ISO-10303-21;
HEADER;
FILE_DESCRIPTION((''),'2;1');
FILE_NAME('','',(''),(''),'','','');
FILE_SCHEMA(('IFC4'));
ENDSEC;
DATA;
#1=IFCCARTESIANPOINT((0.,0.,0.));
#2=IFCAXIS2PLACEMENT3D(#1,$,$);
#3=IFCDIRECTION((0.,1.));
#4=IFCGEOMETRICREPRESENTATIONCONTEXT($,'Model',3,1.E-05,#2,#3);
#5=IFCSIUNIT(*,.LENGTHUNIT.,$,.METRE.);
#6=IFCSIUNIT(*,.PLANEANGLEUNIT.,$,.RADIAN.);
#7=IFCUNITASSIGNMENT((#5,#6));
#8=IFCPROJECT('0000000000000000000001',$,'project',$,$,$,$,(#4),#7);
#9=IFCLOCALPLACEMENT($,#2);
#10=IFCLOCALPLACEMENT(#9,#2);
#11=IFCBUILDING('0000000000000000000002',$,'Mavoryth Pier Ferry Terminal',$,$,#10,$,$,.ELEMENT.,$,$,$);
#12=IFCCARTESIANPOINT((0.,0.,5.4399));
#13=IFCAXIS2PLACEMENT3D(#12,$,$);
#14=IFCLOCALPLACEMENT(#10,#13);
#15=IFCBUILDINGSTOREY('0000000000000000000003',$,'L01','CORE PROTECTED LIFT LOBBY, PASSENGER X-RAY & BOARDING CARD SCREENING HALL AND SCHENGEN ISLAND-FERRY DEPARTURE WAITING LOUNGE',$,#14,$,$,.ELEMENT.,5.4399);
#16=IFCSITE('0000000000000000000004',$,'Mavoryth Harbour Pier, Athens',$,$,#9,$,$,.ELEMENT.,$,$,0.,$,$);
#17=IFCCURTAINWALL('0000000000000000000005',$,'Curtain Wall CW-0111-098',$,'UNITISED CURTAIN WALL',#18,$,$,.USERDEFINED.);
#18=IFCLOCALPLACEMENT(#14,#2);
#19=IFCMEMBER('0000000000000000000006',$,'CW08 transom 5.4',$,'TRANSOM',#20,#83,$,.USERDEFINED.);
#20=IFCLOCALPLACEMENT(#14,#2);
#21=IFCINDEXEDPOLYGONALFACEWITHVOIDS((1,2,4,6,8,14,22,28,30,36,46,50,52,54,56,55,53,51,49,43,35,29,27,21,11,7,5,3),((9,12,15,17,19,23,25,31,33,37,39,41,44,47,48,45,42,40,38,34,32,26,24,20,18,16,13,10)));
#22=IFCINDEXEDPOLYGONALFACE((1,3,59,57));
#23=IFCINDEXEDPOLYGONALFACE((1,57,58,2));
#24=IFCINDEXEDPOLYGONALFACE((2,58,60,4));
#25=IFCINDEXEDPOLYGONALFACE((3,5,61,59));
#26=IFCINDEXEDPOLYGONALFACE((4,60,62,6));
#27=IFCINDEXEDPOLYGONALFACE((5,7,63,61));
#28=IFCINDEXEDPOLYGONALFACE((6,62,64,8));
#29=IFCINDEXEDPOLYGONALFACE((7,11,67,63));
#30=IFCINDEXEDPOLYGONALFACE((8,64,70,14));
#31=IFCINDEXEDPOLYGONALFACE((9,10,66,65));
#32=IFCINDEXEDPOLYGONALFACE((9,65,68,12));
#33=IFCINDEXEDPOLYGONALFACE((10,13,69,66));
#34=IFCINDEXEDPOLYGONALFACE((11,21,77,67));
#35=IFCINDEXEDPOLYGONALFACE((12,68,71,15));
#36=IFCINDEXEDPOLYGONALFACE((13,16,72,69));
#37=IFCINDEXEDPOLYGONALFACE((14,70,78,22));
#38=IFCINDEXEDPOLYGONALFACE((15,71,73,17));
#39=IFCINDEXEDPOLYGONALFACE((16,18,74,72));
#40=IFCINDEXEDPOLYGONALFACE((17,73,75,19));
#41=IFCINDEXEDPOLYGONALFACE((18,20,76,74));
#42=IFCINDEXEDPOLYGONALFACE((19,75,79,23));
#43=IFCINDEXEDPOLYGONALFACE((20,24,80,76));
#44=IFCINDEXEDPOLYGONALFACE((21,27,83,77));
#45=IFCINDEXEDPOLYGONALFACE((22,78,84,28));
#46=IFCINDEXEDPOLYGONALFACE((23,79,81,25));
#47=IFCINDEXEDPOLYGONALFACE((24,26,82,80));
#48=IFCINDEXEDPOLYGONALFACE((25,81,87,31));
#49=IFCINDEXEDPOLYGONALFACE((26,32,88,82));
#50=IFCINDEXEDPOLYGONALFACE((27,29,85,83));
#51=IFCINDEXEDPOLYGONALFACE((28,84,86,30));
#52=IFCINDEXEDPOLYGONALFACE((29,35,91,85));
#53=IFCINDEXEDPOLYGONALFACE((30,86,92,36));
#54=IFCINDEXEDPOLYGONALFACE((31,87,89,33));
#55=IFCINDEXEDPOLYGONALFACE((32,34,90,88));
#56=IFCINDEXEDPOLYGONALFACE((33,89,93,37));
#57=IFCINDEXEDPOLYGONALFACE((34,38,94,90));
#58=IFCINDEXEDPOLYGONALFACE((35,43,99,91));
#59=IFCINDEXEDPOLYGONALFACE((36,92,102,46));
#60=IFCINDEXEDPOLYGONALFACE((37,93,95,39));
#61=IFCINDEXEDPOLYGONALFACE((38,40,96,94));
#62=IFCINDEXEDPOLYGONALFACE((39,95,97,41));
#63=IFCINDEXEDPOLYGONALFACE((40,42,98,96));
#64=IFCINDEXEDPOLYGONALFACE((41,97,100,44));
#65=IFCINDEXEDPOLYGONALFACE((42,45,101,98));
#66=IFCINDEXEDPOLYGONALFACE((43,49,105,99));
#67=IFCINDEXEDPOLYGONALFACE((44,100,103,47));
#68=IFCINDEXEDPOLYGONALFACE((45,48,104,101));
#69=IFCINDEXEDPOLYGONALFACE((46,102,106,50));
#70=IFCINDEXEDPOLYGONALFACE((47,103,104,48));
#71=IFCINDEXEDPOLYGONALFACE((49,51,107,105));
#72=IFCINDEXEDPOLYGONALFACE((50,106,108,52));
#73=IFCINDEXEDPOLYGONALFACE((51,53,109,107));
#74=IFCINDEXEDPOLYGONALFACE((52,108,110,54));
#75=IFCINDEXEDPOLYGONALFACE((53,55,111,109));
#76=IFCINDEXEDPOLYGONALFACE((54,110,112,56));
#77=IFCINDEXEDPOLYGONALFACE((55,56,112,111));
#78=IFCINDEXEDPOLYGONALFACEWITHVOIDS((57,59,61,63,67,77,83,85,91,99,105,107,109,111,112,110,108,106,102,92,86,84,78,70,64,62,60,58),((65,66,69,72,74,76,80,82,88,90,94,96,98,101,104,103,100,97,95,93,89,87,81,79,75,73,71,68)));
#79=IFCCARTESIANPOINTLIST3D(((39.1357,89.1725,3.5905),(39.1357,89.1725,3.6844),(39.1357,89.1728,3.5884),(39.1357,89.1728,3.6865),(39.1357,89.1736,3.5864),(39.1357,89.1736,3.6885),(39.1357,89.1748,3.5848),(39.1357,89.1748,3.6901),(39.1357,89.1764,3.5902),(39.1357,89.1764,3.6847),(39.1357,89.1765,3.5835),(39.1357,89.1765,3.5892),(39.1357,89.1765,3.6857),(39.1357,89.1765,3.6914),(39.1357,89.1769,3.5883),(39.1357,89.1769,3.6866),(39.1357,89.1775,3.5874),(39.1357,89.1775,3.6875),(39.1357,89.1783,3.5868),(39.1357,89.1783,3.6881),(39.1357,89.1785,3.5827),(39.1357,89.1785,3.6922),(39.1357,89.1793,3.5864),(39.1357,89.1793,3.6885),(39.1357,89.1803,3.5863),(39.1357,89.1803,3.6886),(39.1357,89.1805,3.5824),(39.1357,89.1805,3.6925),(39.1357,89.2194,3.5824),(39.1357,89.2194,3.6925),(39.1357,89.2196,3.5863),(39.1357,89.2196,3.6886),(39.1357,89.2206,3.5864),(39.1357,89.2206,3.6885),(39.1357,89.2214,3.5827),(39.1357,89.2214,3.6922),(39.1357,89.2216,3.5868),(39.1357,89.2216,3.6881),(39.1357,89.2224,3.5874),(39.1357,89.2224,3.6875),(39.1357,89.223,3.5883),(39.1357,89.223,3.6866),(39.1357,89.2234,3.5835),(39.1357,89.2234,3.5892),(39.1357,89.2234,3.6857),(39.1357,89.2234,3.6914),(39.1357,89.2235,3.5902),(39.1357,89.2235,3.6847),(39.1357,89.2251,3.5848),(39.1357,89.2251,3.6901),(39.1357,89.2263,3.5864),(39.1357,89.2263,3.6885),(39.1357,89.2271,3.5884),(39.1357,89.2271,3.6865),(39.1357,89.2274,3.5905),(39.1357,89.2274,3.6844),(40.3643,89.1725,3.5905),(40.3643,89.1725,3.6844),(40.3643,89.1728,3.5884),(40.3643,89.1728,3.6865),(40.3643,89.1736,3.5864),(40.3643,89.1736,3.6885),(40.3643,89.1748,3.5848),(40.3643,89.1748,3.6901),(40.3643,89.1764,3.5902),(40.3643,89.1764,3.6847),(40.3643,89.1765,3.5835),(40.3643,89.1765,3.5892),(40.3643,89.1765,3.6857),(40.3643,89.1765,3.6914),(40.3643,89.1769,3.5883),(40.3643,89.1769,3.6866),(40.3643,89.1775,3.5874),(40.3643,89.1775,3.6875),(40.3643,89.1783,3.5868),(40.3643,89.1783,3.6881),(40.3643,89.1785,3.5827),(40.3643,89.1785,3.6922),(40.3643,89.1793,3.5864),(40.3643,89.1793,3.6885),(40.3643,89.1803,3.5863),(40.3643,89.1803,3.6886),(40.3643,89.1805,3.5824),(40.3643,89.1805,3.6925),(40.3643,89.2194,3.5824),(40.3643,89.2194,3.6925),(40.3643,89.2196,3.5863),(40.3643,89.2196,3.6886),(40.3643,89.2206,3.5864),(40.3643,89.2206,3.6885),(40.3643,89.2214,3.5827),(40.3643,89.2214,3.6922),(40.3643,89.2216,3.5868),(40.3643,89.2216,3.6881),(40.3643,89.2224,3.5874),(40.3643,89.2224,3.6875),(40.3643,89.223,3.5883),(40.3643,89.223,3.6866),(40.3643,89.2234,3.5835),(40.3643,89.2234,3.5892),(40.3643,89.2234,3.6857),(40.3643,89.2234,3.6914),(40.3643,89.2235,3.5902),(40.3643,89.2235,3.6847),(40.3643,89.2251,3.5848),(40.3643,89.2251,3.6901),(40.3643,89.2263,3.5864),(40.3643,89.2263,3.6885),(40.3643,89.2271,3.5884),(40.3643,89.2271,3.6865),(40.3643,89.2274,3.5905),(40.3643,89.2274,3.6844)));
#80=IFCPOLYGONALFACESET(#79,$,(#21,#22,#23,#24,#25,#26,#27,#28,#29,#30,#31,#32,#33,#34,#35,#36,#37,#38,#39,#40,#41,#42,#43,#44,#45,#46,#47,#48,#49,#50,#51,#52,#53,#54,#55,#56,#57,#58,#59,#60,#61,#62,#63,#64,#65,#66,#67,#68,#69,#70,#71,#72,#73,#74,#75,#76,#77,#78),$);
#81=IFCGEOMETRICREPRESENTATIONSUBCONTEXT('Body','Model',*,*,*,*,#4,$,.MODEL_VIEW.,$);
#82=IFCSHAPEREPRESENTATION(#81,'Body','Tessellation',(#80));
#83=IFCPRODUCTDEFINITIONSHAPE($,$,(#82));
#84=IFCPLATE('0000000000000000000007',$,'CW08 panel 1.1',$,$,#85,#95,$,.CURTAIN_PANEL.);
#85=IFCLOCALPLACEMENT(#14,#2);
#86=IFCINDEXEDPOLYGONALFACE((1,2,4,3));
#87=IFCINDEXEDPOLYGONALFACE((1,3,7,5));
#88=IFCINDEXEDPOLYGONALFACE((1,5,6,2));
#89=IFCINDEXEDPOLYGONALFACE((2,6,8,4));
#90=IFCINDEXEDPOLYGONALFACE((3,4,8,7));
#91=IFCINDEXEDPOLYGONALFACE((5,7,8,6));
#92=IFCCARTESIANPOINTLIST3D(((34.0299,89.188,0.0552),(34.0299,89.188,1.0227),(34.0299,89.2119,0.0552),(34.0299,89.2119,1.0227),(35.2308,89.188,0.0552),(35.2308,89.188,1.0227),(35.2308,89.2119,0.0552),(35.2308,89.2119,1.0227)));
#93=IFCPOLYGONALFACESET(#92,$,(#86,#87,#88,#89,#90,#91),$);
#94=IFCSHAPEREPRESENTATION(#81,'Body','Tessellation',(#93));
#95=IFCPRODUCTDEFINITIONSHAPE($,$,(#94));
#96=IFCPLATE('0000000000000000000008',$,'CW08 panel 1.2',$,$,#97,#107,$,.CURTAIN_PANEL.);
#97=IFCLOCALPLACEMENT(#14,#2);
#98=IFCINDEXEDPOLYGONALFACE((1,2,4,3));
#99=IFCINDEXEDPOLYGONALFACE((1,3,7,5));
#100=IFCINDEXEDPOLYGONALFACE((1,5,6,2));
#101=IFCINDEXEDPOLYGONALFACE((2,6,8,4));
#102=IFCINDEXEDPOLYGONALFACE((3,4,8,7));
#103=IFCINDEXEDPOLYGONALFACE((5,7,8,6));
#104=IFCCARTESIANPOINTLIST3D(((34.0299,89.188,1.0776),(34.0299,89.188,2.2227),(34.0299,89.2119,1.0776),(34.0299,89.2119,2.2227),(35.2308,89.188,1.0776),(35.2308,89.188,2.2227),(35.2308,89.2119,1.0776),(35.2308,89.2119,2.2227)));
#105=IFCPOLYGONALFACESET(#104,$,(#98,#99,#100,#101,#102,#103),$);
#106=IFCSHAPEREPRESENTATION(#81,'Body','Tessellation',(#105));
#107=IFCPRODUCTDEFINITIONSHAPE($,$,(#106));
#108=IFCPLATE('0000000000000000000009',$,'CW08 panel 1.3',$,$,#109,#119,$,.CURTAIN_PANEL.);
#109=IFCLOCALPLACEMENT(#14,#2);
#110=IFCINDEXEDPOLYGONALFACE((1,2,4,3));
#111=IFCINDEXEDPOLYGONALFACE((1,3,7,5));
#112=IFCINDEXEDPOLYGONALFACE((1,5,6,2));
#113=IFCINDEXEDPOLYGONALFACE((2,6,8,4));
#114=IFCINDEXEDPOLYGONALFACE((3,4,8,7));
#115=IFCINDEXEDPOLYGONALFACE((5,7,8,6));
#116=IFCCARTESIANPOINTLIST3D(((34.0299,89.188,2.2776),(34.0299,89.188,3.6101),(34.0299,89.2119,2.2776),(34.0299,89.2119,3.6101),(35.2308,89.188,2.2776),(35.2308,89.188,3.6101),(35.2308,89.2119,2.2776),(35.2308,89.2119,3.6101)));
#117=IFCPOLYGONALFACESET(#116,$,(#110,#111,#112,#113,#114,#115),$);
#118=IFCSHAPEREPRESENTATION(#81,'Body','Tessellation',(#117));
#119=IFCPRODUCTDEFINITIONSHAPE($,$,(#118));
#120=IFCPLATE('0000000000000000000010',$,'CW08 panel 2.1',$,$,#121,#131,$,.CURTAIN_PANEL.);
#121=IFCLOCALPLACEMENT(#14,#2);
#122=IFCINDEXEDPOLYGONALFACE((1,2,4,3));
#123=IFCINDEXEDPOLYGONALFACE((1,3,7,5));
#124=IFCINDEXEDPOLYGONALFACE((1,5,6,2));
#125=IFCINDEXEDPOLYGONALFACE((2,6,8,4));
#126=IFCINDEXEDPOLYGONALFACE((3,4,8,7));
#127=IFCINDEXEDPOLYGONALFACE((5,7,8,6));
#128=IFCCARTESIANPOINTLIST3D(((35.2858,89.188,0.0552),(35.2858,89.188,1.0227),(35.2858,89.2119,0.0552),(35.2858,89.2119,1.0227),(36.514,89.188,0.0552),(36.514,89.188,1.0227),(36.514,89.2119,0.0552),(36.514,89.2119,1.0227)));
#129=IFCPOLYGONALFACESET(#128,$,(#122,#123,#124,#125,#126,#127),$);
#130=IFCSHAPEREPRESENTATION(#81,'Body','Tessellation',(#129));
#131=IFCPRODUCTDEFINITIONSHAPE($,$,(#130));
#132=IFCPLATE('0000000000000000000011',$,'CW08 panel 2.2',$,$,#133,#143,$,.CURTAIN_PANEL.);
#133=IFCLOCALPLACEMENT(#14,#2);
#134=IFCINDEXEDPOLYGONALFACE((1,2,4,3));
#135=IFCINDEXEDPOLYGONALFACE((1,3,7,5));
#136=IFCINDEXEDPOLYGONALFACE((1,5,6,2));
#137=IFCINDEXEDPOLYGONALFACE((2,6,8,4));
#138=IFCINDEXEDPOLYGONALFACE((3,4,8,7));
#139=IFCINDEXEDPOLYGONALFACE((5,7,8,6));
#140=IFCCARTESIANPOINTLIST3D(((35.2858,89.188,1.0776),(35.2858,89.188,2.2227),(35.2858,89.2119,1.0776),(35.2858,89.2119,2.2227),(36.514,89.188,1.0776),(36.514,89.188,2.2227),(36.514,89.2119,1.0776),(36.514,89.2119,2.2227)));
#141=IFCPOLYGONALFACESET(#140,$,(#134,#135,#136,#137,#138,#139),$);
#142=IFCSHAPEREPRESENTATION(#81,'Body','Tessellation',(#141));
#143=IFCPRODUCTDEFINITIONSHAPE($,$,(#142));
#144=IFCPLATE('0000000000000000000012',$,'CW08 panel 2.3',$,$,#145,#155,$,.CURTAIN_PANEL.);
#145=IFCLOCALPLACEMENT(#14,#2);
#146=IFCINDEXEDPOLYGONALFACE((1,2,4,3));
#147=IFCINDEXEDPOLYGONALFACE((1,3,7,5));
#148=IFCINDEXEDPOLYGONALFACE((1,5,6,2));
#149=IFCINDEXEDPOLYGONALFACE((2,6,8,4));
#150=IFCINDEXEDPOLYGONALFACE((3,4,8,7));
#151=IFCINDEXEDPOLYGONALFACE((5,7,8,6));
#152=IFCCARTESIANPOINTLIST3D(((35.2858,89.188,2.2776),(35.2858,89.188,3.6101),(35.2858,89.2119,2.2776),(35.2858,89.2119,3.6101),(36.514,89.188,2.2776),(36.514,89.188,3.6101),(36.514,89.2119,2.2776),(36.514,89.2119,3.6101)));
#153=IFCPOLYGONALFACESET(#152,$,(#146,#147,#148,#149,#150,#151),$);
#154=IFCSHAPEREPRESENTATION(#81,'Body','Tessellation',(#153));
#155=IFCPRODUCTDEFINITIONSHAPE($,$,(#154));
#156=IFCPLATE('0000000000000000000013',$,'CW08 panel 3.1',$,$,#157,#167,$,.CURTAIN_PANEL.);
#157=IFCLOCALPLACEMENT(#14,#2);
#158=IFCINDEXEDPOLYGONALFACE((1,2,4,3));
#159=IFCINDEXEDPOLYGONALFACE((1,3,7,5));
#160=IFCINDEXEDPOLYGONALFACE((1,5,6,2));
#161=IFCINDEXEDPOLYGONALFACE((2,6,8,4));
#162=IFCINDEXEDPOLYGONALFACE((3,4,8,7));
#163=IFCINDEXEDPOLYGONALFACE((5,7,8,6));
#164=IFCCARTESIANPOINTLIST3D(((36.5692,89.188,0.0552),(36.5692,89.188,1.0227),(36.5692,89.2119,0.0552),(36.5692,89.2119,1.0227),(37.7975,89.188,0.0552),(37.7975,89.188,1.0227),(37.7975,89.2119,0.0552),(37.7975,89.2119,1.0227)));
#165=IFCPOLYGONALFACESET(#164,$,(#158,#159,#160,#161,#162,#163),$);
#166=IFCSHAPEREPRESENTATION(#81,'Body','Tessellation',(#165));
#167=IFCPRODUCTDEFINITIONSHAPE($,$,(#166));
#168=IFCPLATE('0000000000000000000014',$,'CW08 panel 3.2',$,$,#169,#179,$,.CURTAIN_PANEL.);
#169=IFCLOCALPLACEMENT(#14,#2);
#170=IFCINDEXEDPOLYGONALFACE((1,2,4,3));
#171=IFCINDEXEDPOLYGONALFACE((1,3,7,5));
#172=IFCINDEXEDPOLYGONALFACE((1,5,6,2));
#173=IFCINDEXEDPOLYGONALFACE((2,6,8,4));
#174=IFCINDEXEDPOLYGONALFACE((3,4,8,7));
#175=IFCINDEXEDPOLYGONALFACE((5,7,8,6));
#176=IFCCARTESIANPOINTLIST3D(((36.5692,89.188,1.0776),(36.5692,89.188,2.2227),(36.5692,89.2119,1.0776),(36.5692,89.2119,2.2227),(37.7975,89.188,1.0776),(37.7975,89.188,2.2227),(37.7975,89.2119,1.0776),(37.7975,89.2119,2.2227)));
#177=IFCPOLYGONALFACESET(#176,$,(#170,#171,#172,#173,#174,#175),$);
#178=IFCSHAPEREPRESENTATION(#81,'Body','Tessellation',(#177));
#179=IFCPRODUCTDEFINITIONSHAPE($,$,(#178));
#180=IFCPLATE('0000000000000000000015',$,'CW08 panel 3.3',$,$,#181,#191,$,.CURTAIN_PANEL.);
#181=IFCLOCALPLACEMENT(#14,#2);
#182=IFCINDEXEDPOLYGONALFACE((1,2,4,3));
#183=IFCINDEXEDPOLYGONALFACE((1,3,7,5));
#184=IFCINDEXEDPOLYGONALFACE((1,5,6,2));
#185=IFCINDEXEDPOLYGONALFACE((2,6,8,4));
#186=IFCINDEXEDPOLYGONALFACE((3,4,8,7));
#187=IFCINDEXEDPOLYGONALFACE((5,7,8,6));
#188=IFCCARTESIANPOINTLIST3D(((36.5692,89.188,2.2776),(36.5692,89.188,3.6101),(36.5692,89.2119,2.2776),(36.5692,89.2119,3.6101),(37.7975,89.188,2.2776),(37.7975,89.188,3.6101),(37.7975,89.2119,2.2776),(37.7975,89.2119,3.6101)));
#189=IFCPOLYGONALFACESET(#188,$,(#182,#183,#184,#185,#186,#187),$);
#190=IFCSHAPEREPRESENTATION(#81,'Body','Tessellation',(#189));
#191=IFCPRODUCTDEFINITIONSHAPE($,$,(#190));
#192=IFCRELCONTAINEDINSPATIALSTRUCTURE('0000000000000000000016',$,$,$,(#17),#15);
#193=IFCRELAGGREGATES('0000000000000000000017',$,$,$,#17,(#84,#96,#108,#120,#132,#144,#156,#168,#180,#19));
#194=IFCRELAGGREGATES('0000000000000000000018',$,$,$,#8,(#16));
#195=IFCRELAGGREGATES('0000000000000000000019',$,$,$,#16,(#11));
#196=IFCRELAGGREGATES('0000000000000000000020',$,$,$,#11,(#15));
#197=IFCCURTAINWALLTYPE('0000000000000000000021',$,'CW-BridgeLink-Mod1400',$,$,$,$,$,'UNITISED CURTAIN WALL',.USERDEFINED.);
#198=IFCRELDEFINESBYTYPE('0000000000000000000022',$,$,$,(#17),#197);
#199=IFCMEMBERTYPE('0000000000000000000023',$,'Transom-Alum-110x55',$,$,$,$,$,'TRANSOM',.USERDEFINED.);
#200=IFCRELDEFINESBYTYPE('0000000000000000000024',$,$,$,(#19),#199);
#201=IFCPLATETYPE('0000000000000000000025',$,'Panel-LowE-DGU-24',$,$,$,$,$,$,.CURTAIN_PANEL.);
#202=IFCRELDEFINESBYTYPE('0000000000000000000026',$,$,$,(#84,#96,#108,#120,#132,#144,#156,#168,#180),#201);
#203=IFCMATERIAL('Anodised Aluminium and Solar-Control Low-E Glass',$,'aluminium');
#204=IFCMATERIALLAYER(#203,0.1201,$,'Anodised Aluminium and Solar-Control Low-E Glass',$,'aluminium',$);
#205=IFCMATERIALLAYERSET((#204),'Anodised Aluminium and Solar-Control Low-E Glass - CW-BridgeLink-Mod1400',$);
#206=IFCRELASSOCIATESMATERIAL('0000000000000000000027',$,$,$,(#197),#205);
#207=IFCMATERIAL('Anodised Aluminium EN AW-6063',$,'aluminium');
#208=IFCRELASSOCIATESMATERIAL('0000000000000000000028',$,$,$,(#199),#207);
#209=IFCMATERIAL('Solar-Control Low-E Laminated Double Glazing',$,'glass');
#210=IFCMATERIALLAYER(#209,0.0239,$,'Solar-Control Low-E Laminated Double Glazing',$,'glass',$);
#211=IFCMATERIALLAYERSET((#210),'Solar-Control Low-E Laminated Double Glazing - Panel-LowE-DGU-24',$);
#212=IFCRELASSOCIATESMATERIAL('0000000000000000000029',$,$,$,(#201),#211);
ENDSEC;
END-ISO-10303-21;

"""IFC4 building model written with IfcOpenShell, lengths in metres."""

from ifc_helpers import new_model, si_unit, direction, frame, origin, origin_2d, place, context, subcontext, project, spatial, rectangle, hollow_rectangle, extrude, material, layer, layer_set, material_profile, profile_set, type_object, element, aggregate, save


model = new_model("IFC4")

# Units and contexts
model_context = context("Model", 3, precision=1e-05, world=origin(), true_north=direction((0.0, 1.0)))
body_context = subcontext(model_context, "Body", "Model", "MODEL_VIEW")
ifc_project = project(units=[si_unit("LENGTHUNIT", "METRE"), si_unit("PLANEANGLEUNIT", "RADIAN")], contexts=[model_context])

# Site, building, storey
site_placement = place(None, origin())
site = spatial("IfcSite", under=ifc_project, at=site_placement, Name="Mavoryth Harbour Pier, Athens", CompositionType="ELEMENT", RefElevation=0.0)
building_placement = place(site_placement, origin())
building = spatial("IfcBuilding", under=site, at=building_placement, Name="Mavoryth Pier Ferry Terminal", CompositionType="ELEMENT")
storey_placement = place(building_placement, frame((0.0, 0.0, 5.4399)))
storey = spatial("IfcBuildingStorey", under=building, at=storey_placement, Name="L01", Description="CORE PROTECTED LIFT LOBBY, PASSENGER X-RAY & BOARDING CARD SCREENING HALL AND SCHENGEN ISLAND-FERRY DEPARTURE WAITING LOUNGE", CompositionType="ELEMENT", Elevation=5.4399)

# Curtain wall, member, plates
ifc_material_1 = material(Name="Anodised Aluminium and Solar-Control Low-E Glass", Category="aluminium")
ifc_layer_1 = layer(ifc_material_1, 0.1201, Name="Anodised Aluminium and Solar-Control Low-E Glass", Category="aluminium")
ifc_layer_set_1 = layer_set([ifc_layer_1], Name="Anodised Aluminium and Solar-Control Low-E Glass - CW-BridgeLink-Mod1400")
curtain_wall_type = type_object("IfcCurtainWallType", Name="CW-BridgeLink-Mod1400", ElementType="UNITISED CURTAIN WALL", PredefinedType="USERDEFINED", material=ifc_layer_set_1)
curtain_wall_placement = place(storey_placement, origin())
curtain_wall = element("IfcCurtainWall", 1, at=curtain_wall_placement, inside=storey, type_object=curtain_wall_type, Name="Curtain Wall CW-0111-098", ObjectType="UNITISED CURTAIN WALL", PredefinedType="USERDEFINED")
ifc_material_2 = material(Name="Anodised Aluminium EN AW-6063", Category="aluminium")
ifc_material_profile_1 = material_profile(ifc_material_2, hollow_rectangle(XDim=0.0549, YDim=0.1101, WallThickness=0.0039, InnerFilletRadius=0.0039, OuterFilletRadius=0.0081, at=origin_2d()), Name="AL-TRAN 110x55x4", Category="aluminium")
ifc_profile_set_1 = profile_set([ifc_material_profile_1], Name="Anodised Aluminium EN AW-6063 - AL-TRAN 110x55x4")
member_type_1 = type_object("IfcMemberType", Name="Transom-Alum-110x55", ElementType="TRANSOM", PredefinedType="USERDEFINED", material=ifc_profile_set_1)
member_1_placement = place(storey_placement, frame((39.1357, 89.2, 3.6375), z_axis=(1.0, 0.0, 0.0), x_axis=(0.0, 1.0, 0.0)))
member_1 = element("IfcMember", 2, at=member_1_placement, type_object=member_type_1, Name="CW08 transom 5.4", ObjectType="TRANSOM", PredefinedType="USERDEFINED", context=body_context, shape_type="SweptSolid", body=[
    extrude(hollow_rectangle(XDim=0.0549, YDim=0.1101, WallThickness=0.0039, InnerFilletRadius=0.0039, OuterFilletRadius=0.0081, at=origin_2d()), origin(), (0.0, 0.0, 1.0), 1.2285),
])
ifc_material_3 = material(Name="Solar-Control Low-E Laminated Double Glazing", Category="glass")
ifc_layer_2 = layer(ifc_material_3, 0.0239, Name="Solar-Control Low-E Laminated Double Glazing", Category="glass")
ifc_layer_set_2 = layer_set([ifc_layer_2], Name="Solar-Control Low-E Laminated Double Glazing - Panel-LowE-DGU-24")
plate_type = type_object("IfcPlateType", Name="Panel-LowE-DGU-24", PredefinedType="CURTAIN_PANEL", material=ifc_layer_set_2)
plate_1_placement = place(storey_placement, frame((34.6304, 89.2, 0.0552), z_axis=(0.0, 0.0, 1.0), x_axis=(1.0, 0.0, 0.0)))
plate_1 = element("IfcPlate", 3, at=plate_1_placement, type_object=plate_type, Name="CW08 panel 1.1", PredefinedType="CURTAIN_PANEL", context=body_context, shape_type="SweptSolid", body=[
    extrude(rectangle(XDim=1.2009, YDim=0.0239, at=origin_2d()), origin(), (0.0, 0.0, 1.0), 0.9675),
])
plate_2_placement = place(storey_placement, frame((34.6304, 89.2, 1.0776), z_axis=(0.0, 0.0, 1.0), x_axis=(1.0, 0.0, 0.0)))
plate_2 = element("IfcPlate", 4, at=plate_2_placement, type_object=plate_type, Name="CW08 panel 1.2", PredefinedType="CURTAIN_PANEL", context=body_context, shape_type="SweptSolid", body=[
    extrude(rectangle(XDim=1.2009, YDim=0.0239, at=origin_2d()), origin(), (0.0, 0.0, 1.0), 1.145),
])
plate_3_placement = place(storey_placement, frame((34.6304, 89.2, 2.2776), z_axis=(0.0, 0.0, 1.0), x_axis=(1.0, 0.0, 0.0)))
plate_3 = element("IfcPlate", 5, at=plate_3_placement, type_object=plate_type, Name="CW08 panel 1.3", PredefinedType="CURTAIN_PANEL", context=body_context, shape_type="SweptSolid", body=[
    extrude(rectangle(XDim=1.2009, YDim=0.0239, at=origin_2d()), origin(), (0.0, 0.0, 1.0), 1.3325),
])
plate_4_placement = place(storey_placement, frame((35.8999, 89.2, 0.0552), z_axis=(0.0, 0.0, 1.0), x_axis=(1.0, 0.0, 0.0)))
plate_4 = element("IfcPlate", 6, at=plate_4_placement, type_object=plate_type, Name="CW08 panel 2.1", PredefinedType="CURTAIN_PANEL", context=body_context, shape_type="SweptSolid", body=[
    extrude(rectangle(XDim=1.2283, YDim=0.0239, at=origin_2d()), origin(), (0.0, 0.0, 1.0), 0.9675),
])
plate_5_placement = place(storey_placement, frame((35.8999, 89.2, 1.0776), z_axis=(0.0, 0.0, 1.0), x_axis=(1.0, 0.0, 0.0)))
plate_5 = element("IfcPlate", 7, at=plate_5_placement, type_object=plate_type, Name="CW08 panel 2.2", PredefinedType="CURTAIN_PANEL", context=body_context, shape_type="SweptSolid", body=[
    extrude(rectangle(XDim=1.2283, YDim=0.0239, at=origin_2d()), origin(), (0.0, 0.0, 1.0), 1.145),
])
plate_6_placement = place(storey_placement, frame((35.8999, 89.2, 2.2776), z_axis=(0.0, 0.0, 1.0), x_axis=(1.0, 0.0, 0.0)))
plate_6 = element("IfcPlate", 8, at=plate_6_placement, type_object=plate_type, Name="CW08 panel 2.3", PredefinedType="CURTAIN_PANEL", context=body_context, shape_type="SweptSolid", body=[
    extrude(rectangle(XDim=1.2283, YDim=0.0239, at=origin_2d()), origin(), (0.0, 0.0, 1.0), 1.3325),
])
plate_7_placement = place(storey_placement, frame((37.1833, 89.2, 0.0552), z_axis=(0.0, 0.0, 1.0), x_axis=(1.0, 0.0, 0.0)))
plate_7 = element("IfcPlate", 9, at=plate_7_placement, type_object=plate_type, Name="CW08 panel 3.1", PredefinedType="CURTAIN_PANEL", context=body_context, shape_type="SweptSolid", body=[
    extrude(rectangle(XDim=1.2283, YDim=0.0239, at=origin_2d()), origin(), (0.0, 0.0, 1.0), 0.9675),
])
plate_8_placement = place(storey_placement, frame((37.1833, 89.2, 1.0776), z_axis=(0.0, 0.0, 1.0), x_axis=(1.0, 0.0, 0.0)))
plate_8 = element("IfcPlate", 10, at=plate_8_placement, type_object=plate_type, Name="CW08 panel 3.2", PredefinedType="CURTAIN_PANEL", context=body_context, shape_type="SweptSolid", body=[
    extrude(rectangle(XDim=1.2283, YDim=0.0239, at=origin_2d()), origin(), (0.0, 0.0, 1.0), 1.145),
])
plate_9_placement = place(storey_placement, frame((37.1833, 89.2, 2.2776), z_axis=(0.0, 0.0, 1.0), x_axis=(1.0, 0.0, 0.0)))
plate_9 = element("IfcPlate", 11, at=plate_9_placement, type_object=plate_type, Name="CW08 panel 3.3", PredefinedType="CURTAIN_PANEL", context=body_context, shape_type="SweptSolid", body=[
    extrude(rectangle(XDim=1.2283, YDim=0.0239, at=origin_2d()), origin(), (0.0, 0.0, 1.0), 1.3325),
])
aggregate(curtain_wall, [plate_1, plate_2, plate_3, plate_4, plate_5, plate_6, plate_7, plate_8, plate_9, member_1])

save(model, "model.ifc")
